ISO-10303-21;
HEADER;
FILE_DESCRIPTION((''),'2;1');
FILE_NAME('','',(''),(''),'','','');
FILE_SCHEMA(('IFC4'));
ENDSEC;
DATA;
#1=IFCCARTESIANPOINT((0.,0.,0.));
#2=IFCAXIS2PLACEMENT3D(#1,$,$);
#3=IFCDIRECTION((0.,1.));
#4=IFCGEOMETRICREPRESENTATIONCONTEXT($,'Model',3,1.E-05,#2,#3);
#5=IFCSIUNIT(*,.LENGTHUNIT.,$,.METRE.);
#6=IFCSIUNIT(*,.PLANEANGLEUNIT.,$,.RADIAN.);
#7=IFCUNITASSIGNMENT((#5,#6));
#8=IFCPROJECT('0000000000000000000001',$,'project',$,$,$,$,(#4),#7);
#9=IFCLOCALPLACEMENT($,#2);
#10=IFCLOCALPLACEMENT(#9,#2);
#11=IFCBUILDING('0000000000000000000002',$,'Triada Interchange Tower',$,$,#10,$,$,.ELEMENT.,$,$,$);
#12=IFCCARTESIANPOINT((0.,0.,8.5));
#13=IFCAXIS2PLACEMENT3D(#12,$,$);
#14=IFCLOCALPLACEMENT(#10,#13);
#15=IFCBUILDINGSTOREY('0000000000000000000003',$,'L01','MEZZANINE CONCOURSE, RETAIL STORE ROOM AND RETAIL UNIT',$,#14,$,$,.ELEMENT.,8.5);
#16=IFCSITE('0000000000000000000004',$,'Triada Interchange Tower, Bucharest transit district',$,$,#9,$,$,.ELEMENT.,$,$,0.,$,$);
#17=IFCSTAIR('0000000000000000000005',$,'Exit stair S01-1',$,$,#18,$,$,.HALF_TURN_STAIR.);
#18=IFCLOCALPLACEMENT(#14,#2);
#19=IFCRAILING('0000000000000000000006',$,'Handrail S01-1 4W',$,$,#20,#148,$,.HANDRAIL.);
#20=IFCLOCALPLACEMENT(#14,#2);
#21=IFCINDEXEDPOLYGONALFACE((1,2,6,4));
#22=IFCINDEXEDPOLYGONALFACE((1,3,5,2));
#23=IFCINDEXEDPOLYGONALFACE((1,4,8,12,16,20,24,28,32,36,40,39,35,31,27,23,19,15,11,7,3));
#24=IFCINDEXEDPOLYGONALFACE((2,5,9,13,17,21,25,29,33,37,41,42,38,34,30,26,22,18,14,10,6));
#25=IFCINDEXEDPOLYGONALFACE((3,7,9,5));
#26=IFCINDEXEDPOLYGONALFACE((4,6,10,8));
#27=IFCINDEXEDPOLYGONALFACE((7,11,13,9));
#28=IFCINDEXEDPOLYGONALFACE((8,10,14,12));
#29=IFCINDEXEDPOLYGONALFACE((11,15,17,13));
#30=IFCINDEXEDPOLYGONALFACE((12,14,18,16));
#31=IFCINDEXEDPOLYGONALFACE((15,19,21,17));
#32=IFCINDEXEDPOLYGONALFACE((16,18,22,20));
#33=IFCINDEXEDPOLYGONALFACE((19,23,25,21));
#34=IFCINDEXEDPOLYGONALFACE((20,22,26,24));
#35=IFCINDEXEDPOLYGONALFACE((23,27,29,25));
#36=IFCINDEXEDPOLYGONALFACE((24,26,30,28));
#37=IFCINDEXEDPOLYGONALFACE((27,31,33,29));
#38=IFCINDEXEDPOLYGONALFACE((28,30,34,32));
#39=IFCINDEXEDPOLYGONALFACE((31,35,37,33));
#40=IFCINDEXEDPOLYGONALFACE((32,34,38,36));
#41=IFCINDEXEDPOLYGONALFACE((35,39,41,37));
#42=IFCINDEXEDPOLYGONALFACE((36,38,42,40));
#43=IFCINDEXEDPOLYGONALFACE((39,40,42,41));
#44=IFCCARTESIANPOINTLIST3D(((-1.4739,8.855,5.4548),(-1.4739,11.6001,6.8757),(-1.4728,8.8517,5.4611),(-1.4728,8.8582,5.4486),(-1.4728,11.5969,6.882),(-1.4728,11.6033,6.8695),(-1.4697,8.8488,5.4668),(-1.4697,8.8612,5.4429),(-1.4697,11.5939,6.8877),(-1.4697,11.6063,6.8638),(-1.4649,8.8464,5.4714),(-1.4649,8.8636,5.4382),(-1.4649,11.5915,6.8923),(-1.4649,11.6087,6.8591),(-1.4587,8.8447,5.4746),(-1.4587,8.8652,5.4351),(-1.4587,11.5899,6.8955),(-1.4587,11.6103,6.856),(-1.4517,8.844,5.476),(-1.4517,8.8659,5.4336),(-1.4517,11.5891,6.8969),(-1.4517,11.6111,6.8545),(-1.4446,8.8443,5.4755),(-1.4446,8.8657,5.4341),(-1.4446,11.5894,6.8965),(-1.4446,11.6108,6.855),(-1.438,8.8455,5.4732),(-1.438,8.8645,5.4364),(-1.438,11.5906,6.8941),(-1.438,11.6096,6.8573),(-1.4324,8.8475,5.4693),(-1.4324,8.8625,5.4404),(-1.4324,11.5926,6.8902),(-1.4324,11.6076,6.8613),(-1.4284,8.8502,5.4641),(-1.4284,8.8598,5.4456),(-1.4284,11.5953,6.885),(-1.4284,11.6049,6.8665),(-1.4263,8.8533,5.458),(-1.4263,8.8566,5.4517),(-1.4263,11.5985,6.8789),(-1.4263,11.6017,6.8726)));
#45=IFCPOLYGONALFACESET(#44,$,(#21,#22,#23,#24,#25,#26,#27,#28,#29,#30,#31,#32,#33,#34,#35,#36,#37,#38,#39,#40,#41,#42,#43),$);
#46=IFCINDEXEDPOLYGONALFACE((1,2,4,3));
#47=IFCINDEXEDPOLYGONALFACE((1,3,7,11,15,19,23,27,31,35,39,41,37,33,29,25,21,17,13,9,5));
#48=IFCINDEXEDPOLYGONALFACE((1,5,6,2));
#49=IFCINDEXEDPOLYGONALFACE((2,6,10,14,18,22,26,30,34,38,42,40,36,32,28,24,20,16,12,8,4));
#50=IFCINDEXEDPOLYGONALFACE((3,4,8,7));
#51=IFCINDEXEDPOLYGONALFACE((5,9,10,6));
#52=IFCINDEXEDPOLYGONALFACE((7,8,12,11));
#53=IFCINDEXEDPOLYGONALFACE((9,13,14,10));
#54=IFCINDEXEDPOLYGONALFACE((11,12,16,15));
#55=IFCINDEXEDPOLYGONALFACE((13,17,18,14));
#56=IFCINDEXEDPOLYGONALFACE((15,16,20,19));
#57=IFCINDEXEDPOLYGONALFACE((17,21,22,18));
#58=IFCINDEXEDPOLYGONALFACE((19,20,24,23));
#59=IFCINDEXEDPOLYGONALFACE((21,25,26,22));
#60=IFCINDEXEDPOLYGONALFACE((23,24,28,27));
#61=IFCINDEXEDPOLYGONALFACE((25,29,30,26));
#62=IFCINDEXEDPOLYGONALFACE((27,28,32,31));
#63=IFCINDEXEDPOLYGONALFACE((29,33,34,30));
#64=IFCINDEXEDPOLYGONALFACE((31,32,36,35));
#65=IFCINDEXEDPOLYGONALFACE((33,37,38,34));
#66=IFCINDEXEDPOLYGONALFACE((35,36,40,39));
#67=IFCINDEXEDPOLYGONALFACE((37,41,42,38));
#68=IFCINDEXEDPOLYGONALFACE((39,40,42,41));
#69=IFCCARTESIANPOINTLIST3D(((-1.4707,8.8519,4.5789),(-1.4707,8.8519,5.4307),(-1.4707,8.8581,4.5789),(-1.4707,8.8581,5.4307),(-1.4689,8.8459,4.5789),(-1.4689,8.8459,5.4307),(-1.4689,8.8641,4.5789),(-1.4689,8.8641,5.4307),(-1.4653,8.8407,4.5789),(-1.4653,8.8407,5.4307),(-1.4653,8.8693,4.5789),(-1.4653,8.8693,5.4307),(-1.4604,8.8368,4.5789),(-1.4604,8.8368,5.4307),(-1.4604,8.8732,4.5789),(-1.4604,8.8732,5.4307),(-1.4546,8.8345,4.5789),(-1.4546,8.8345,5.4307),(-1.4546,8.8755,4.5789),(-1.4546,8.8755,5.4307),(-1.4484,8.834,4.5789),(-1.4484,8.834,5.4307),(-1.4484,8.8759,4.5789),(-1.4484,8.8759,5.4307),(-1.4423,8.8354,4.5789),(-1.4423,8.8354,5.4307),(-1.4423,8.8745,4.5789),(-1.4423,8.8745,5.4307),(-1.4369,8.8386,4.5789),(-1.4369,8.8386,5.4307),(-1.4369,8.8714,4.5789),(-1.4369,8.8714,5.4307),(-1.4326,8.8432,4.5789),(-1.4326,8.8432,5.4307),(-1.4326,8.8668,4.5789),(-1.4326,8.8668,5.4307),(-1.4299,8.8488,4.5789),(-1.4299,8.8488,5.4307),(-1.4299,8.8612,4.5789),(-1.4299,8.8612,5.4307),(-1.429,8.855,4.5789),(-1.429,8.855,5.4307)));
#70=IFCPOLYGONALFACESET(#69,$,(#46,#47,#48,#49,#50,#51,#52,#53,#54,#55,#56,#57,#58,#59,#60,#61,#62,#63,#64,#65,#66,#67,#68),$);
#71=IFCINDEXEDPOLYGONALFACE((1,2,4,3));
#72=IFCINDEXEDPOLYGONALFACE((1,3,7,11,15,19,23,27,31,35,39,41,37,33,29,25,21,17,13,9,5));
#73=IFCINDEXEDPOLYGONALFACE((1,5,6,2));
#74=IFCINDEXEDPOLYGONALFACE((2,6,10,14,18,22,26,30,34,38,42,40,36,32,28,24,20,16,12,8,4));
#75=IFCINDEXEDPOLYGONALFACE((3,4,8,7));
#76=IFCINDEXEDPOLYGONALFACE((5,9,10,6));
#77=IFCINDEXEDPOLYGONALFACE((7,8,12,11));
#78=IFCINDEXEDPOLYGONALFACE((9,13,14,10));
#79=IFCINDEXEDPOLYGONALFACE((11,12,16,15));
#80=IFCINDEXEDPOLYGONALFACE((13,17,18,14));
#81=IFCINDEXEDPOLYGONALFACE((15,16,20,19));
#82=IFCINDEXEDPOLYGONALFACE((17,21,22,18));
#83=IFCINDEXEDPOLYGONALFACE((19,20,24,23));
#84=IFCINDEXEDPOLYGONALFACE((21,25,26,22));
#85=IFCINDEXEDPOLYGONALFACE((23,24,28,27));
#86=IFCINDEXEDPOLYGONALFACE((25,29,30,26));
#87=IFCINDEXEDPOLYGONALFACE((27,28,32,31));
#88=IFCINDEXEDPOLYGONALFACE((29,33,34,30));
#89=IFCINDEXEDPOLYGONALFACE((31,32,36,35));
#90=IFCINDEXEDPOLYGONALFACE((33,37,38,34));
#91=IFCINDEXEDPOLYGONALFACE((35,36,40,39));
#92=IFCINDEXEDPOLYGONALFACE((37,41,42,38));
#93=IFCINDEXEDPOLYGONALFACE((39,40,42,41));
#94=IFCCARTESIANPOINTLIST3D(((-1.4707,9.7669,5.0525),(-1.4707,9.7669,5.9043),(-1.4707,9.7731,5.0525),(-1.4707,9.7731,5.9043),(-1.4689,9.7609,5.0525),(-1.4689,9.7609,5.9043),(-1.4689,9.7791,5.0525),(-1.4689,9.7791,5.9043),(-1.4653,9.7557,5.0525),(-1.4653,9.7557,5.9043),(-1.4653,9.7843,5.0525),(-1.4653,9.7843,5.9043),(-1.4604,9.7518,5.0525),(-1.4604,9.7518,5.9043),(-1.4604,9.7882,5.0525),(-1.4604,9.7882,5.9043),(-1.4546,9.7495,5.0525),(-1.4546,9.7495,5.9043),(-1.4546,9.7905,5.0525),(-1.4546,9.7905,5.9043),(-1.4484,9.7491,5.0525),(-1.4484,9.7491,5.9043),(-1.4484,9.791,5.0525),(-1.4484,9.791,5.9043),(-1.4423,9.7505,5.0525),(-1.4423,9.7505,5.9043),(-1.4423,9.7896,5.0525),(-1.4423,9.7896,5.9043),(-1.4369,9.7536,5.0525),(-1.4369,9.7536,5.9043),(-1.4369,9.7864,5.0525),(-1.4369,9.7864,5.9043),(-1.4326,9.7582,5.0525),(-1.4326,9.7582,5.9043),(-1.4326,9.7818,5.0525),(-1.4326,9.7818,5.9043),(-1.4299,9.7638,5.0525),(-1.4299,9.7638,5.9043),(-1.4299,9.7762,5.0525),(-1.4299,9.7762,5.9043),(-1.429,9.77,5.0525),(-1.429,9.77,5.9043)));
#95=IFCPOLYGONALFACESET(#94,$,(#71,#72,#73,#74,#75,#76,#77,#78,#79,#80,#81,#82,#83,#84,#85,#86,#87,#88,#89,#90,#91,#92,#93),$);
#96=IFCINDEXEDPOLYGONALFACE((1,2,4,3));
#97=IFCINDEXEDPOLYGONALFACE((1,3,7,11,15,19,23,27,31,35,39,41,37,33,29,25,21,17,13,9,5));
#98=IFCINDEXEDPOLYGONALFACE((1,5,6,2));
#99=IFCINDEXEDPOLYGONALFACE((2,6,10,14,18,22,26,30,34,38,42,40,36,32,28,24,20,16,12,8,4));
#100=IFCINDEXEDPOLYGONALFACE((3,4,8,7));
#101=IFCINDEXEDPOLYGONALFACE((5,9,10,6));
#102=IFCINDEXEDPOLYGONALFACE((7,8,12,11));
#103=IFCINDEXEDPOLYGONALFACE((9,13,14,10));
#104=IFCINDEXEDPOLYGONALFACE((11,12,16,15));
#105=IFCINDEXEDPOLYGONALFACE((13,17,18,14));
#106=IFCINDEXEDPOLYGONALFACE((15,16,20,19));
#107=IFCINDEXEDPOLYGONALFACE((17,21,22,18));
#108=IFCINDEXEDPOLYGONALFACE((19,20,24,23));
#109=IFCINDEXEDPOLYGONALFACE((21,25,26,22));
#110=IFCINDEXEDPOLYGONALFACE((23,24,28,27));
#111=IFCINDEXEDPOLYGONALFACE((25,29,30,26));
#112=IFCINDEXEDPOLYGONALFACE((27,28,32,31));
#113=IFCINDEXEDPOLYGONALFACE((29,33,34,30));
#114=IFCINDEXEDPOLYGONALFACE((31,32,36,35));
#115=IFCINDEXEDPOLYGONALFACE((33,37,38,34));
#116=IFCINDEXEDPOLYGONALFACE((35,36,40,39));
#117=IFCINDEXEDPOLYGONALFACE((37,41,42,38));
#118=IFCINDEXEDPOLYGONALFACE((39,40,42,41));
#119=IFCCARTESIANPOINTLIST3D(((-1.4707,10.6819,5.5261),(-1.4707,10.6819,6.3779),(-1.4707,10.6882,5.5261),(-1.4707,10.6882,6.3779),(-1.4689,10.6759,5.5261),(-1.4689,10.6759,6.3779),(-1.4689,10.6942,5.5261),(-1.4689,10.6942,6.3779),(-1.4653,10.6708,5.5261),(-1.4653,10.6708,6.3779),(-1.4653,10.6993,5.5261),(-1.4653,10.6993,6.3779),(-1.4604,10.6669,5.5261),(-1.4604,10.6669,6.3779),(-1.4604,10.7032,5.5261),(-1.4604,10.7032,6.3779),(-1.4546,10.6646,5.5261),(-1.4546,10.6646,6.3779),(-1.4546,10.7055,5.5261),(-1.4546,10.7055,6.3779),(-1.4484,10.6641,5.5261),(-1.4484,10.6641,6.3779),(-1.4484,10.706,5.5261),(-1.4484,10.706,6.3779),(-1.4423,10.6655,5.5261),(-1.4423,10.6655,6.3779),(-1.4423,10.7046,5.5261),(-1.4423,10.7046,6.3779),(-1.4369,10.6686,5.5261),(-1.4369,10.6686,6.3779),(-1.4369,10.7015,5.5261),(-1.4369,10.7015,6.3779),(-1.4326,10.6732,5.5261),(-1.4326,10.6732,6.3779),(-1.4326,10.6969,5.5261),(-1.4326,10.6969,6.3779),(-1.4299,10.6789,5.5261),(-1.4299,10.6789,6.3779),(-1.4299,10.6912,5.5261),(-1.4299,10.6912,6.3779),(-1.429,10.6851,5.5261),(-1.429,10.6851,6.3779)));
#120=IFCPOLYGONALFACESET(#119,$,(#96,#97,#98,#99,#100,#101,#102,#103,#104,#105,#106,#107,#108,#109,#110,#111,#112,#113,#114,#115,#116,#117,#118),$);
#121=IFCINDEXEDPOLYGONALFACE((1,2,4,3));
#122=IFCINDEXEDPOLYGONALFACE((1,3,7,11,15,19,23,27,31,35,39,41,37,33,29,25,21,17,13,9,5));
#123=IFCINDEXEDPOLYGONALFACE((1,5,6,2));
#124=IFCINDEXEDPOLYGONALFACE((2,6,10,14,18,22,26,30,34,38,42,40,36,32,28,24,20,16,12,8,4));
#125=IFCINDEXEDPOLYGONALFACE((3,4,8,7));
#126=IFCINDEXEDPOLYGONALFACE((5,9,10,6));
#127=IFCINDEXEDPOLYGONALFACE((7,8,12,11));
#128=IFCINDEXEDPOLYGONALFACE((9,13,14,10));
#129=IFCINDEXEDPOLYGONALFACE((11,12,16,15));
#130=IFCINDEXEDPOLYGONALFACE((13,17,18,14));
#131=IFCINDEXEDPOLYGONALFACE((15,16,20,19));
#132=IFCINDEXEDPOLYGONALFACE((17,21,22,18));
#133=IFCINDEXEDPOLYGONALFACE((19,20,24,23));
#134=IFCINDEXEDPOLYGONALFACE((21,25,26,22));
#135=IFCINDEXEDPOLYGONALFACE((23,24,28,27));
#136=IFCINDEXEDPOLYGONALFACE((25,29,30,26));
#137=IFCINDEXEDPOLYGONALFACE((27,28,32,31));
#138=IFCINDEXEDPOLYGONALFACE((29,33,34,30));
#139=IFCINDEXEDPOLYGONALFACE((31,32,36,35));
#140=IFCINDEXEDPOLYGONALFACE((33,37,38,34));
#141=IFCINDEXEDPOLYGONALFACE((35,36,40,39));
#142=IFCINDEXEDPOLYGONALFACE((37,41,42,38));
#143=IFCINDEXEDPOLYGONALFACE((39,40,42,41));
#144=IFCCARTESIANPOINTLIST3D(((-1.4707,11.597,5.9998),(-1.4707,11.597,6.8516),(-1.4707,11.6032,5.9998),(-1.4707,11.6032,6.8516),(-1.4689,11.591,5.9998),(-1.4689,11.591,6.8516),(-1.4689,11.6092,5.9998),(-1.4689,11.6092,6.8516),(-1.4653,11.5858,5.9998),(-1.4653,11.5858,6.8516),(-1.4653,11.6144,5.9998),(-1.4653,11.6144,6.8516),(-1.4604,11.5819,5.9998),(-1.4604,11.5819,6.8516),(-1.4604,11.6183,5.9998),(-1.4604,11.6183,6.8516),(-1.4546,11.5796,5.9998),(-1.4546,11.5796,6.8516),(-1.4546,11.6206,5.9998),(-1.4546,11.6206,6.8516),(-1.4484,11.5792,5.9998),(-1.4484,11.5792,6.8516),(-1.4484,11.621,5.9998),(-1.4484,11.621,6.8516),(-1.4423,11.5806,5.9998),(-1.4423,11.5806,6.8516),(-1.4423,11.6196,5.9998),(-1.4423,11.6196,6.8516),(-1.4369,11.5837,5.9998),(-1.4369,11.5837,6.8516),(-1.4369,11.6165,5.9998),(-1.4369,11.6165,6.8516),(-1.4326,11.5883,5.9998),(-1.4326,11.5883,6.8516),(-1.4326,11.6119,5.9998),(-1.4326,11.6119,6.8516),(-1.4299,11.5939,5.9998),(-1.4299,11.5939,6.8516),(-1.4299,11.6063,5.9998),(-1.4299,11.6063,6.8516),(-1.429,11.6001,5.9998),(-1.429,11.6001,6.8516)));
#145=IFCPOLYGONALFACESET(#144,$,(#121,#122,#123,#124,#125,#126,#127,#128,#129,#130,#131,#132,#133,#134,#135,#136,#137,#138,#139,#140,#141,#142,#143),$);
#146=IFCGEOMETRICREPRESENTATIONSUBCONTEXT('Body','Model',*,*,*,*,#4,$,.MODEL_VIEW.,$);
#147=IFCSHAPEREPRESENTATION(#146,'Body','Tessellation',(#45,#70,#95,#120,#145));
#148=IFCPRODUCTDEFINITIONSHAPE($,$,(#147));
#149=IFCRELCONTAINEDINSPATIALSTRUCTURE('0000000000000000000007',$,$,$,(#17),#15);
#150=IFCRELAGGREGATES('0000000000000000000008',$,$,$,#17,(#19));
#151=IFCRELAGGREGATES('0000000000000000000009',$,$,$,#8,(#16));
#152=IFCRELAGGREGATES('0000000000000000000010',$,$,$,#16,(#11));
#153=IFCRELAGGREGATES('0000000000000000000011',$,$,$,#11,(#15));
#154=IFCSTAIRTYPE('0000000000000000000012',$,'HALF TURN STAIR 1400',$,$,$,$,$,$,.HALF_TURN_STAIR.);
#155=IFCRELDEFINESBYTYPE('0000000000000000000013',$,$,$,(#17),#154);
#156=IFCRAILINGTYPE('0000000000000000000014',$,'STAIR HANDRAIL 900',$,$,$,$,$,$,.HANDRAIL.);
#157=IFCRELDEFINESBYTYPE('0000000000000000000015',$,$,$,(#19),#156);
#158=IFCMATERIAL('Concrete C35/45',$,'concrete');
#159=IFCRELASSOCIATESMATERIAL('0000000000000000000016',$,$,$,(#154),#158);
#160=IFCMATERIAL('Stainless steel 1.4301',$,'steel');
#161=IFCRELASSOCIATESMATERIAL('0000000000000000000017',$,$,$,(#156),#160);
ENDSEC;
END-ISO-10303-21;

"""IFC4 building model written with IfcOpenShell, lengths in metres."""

from ifc_helpers import new_model, si_unit, direction, frame, origin, origin_2d, place, context, subcontext, project, spatial, circle, extrude, material, type_object, element, aggregate, save


model = new_model("IFC4")

# Units and contexts
model_context = context("Model", 3, precision=1e-05, world=origin(), true_north=direction((0.0, 1.0)))
body_context = subcontext(model_context, "Body", "Model", "MODEL_VIEW")
ifc_project = project(units=[si_unit("LENGTHUNIT", "METRE"), si_unit("PLANEANGLEUNIT", "RADIAN")], contexts=[model_context])

# Site, building, storey
site_placement = place(None, origin())
site = spatial("IfcSite", under=ifc_project, at=site_placement, Name="Triada Interchange Tower, Bucharest transit district", CompositionType="ELEMENT", RefElevation=0.0)
building_placement = place(site_placement, origin())
building = spatial("IfcBuilding", under=site, at=building_placement, Name="Triada Interchange Tower", CompositionType="ELEMENT")
storey_placement = place(building_placement, frame((0.0, 0.0, 8.5)))
storey = spatial("IfcBuildingStorey", under=building, at=storey_placement, Name="L01", Description="MEZZANINE CONCOURSE, RETAIL STORE ROOM AND RETAIL UNIT", CompositionType="ELEMENT", Elevation=8.5)

# Stair, railing
ifc_material_1 = material(Name="Concrete C35/45", Category="concrete")
stair_type = type_object("IfcStairType", Name="HALF TURN STAIR 1400", PredefinedType="HALF_TURN_STAIR", material=ifc_material_1)
stair_placement = place(storey_placement, origin())
stair = element("IfcStair", 1, at=stair_placement, inside=storey, type_object=stair_type, Name="Exit stair S01-1", PredefinedType="HALF_TURN_STAIR")
ifc_material_2 = material(Name="Stainless steel 1.4301", Category="steel")
railing_type = type_object("IfcRailingType", Name="STAIR HANDRAIL 900", PredefinedType="HANDRAIL", material=ifc_material_2)
railing_1_placement = place(storey_placement, frame((-1.45, 8.855, 4.5789)))
railing_1 = element("IfcRailing", 2, at=railing_1_placement, type_object=railing_type, Name="Handrail S01-1 4W", PredefinedType="HANDRAIL", context=body_context, shape_type="SweptSolid", body=[
    extrude(circle(Radius=0.0239, at=origin_2d()), frame((0.0, 0.0, 0.876), z_axis=(0.0, 0.888084, 0.459681), x_axis=(-1.0, 0.0, 0.0)), (0.0, 0.0, 1.0), 3.0911),
    extrude(circle(Radius=0.021, at=origin_2d()), origin(), (0.0, 0.0, 1.0), 0.8518),
    extrude(circle(Radius=0.021, at=origin_2d()), frame((0.0, 0.915, 0.4736)), (0.0, 0.0, 1.0), 0.8518),
    extrude(circle(Radius=0.021, at=origin_2d()), frame((0.0, 1.8301, 0.9473)), (0.0, 0.0, 1.0), 0.8518),
    extrude(circle(Radius=0.021, at=origin_2d()), frame((0.0, 2.7451, 1.4209)), (0.0, 0.0, 1.0), 0.8518),
])
aggregate(stair, [railing_1])

save(model, "model.ifc")
